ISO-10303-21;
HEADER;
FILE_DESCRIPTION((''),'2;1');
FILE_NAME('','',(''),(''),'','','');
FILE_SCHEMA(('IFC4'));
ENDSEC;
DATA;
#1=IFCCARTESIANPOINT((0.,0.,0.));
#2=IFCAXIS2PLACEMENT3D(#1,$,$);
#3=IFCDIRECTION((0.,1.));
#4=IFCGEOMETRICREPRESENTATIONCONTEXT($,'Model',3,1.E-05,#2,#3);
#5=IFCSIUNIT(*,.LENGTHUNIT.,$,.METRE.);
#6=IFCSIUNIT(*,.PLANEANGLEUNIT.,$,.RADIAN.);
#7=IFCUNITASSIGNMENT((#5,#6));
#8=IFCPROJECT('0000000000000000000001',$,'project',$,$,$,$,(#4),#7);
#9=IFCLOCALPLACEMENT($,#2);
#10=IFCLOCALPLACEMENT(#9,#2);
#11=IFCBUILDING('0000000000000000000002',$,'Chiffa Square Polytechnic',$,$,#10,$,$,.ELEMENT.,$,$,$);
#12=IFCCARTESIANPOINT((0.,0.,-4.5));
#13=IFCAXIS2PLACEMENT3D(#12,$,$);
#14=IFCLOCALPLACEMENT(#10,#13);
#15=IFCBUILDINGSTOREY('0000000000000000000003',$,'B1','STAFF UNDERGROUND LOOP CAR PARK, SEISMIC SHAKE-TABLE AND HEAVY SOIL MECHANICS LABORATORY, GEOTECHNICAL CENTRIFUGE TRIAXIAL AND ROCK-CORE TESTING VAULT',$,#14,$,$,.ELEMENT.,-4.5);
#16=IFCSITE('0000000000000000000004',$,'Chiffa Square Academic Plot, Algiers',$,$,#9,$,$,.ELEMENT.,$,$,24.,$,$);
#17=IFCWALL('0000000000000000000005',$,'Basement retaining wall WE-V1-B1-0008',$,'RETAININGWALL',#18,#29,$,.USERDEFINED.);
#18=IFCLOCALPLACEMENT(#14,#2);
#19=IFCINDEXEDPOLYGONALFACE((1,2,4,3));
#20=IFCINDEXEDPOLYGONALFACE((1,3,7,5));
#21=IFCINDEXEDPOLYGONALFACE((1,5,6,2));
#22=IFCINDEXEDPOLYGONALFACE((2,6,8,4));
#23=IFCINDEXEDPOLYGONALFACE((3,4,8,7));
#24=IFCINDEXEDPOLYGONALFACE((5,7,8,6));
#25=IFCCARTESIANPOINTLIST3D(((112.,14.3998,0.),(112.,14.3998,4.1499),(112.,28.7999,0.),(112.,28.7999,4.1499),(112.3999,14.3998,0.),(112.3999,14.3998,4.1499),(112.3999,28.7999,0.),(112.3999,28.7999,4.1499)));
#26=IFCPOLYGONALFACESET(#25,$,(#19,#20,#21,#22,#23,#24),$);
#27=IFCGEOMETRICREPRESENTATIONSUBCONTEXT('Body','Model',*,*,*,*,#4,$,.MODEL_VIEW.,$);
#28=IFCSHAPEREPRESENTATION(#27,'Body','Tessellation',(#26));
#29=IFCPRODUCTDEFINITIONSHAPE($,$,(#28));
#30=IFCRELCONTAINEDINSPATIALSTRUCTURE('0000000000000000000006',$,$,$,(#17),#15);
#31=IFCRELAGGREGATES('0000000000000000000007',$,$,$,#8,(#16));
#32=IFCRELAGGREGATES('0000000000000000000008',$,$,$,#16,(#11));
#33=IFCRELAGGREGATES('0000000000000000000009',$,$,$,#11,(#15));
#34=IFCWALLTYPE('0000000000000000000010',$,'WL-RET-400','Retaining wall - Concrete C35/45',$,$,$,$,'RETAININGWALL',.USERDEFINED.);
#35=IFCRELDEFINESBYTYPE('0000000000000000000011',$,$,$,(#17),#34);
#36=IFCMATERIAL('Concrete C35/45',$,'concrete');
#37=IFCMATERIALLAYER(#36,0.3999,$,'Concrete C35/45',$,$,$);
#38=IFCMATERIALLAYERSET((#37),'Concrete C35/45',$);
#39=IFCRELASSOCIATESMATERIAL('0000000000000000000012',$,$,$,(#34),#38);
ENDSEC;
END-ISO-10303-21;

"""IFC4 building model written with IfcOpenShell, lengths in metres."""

from ifc_helpers import new_model, si_unit, direction, frame, frame_2d, origin, place, context, subcontext, project, spatial, rectangle, extrude, material, layer, layer_set, type_object, element, save


model = new_model("IFC4")

# Units and contexts
model_context = context("Model", 3, precision=1e-05, world=origin(), true_north=direction((0.0, 1.0)))
body_context = subcontext(model_context, "Body", "Model", "MODEL_VIEW")
ifc_project = project(units=[si_unit("LENGTHUNIT", "METRE"), si_unit("PLANEANGLEUNIT", "RADIAN")], contexts=[model_context])

# Site, building, storey
site_placement = place(None, origin())
site = spatial("IfcSite", under=ifc_project, at=site_placement, Name="Chiffa Square Academic Plot, Algiers", CompositionType="ELEMENT", RefElevation=24.0)
building_placement = place(site_placement, origin())
building = spatial("IfcBuilding", under=site, at=building_placement, Name="Chiffa Square Polytechnic", CompositionType="ELEMENT")
storey_placement = place(building_placement, frame((0.0, 0.0, -4.5)))
storey = spatial("IfcBuildingStorey", under=building, at=storey_placement, Name="B1", Description="STAFF UNDERGROUND LOOP CAR PARK, SEISMIC SHAKE-TABLE AND HEAVY SOIL MECHANICS LABORATORY, GEOTECHNICAL CENTRIFUGE TRIAXIAL AND ROCK-CORE TESTING VAULT", CompositionType="ELEMENT", Elevation=-4.5)

# Shared definitions
ifc_material_1 = material(Name="Concrete C35/45", Category="concrete")

# Wall
ifc_layer_1 = layer(ifc_material_1, 0.3999, Name="Concrete C35/45")
ifc_layer_set_1 = layer_set([ifc_layer_1], Name="Concrete C35/45")
wall_type = type_object("IfcWallType", Name="WL-RET-400", Description="Retaining wall - Concrete C35/45", ElementType="RETAININGWALL", PredefinedType="USERDEFINED", material=ifc_layer_set_1)
wall_placement = place(storey_placement, frame((112.2, 28.8, 0.0), z_axis=(0.0, 0.0, 1.0), x_axis=(0.0, -1.0, 0.0)))
element("IfcWall", 1, at=wall_placement, inside=storey, type_object=wall_type, Name="Basement retaining wall WE-V1-B1-0008", ObjectType="RETAININGWALL", PredefinedType="USERDEFINED", context=body_context, shape_type="SweptSolid", body=[
    extrude(rectangle(XDim=14.4001, YDim=0.3999, at=frame_2d((7.2002, 0.0))), origin(), (0.0, 0.0, 1.0), 4.1499),
])

save(model, "model.ifc")
